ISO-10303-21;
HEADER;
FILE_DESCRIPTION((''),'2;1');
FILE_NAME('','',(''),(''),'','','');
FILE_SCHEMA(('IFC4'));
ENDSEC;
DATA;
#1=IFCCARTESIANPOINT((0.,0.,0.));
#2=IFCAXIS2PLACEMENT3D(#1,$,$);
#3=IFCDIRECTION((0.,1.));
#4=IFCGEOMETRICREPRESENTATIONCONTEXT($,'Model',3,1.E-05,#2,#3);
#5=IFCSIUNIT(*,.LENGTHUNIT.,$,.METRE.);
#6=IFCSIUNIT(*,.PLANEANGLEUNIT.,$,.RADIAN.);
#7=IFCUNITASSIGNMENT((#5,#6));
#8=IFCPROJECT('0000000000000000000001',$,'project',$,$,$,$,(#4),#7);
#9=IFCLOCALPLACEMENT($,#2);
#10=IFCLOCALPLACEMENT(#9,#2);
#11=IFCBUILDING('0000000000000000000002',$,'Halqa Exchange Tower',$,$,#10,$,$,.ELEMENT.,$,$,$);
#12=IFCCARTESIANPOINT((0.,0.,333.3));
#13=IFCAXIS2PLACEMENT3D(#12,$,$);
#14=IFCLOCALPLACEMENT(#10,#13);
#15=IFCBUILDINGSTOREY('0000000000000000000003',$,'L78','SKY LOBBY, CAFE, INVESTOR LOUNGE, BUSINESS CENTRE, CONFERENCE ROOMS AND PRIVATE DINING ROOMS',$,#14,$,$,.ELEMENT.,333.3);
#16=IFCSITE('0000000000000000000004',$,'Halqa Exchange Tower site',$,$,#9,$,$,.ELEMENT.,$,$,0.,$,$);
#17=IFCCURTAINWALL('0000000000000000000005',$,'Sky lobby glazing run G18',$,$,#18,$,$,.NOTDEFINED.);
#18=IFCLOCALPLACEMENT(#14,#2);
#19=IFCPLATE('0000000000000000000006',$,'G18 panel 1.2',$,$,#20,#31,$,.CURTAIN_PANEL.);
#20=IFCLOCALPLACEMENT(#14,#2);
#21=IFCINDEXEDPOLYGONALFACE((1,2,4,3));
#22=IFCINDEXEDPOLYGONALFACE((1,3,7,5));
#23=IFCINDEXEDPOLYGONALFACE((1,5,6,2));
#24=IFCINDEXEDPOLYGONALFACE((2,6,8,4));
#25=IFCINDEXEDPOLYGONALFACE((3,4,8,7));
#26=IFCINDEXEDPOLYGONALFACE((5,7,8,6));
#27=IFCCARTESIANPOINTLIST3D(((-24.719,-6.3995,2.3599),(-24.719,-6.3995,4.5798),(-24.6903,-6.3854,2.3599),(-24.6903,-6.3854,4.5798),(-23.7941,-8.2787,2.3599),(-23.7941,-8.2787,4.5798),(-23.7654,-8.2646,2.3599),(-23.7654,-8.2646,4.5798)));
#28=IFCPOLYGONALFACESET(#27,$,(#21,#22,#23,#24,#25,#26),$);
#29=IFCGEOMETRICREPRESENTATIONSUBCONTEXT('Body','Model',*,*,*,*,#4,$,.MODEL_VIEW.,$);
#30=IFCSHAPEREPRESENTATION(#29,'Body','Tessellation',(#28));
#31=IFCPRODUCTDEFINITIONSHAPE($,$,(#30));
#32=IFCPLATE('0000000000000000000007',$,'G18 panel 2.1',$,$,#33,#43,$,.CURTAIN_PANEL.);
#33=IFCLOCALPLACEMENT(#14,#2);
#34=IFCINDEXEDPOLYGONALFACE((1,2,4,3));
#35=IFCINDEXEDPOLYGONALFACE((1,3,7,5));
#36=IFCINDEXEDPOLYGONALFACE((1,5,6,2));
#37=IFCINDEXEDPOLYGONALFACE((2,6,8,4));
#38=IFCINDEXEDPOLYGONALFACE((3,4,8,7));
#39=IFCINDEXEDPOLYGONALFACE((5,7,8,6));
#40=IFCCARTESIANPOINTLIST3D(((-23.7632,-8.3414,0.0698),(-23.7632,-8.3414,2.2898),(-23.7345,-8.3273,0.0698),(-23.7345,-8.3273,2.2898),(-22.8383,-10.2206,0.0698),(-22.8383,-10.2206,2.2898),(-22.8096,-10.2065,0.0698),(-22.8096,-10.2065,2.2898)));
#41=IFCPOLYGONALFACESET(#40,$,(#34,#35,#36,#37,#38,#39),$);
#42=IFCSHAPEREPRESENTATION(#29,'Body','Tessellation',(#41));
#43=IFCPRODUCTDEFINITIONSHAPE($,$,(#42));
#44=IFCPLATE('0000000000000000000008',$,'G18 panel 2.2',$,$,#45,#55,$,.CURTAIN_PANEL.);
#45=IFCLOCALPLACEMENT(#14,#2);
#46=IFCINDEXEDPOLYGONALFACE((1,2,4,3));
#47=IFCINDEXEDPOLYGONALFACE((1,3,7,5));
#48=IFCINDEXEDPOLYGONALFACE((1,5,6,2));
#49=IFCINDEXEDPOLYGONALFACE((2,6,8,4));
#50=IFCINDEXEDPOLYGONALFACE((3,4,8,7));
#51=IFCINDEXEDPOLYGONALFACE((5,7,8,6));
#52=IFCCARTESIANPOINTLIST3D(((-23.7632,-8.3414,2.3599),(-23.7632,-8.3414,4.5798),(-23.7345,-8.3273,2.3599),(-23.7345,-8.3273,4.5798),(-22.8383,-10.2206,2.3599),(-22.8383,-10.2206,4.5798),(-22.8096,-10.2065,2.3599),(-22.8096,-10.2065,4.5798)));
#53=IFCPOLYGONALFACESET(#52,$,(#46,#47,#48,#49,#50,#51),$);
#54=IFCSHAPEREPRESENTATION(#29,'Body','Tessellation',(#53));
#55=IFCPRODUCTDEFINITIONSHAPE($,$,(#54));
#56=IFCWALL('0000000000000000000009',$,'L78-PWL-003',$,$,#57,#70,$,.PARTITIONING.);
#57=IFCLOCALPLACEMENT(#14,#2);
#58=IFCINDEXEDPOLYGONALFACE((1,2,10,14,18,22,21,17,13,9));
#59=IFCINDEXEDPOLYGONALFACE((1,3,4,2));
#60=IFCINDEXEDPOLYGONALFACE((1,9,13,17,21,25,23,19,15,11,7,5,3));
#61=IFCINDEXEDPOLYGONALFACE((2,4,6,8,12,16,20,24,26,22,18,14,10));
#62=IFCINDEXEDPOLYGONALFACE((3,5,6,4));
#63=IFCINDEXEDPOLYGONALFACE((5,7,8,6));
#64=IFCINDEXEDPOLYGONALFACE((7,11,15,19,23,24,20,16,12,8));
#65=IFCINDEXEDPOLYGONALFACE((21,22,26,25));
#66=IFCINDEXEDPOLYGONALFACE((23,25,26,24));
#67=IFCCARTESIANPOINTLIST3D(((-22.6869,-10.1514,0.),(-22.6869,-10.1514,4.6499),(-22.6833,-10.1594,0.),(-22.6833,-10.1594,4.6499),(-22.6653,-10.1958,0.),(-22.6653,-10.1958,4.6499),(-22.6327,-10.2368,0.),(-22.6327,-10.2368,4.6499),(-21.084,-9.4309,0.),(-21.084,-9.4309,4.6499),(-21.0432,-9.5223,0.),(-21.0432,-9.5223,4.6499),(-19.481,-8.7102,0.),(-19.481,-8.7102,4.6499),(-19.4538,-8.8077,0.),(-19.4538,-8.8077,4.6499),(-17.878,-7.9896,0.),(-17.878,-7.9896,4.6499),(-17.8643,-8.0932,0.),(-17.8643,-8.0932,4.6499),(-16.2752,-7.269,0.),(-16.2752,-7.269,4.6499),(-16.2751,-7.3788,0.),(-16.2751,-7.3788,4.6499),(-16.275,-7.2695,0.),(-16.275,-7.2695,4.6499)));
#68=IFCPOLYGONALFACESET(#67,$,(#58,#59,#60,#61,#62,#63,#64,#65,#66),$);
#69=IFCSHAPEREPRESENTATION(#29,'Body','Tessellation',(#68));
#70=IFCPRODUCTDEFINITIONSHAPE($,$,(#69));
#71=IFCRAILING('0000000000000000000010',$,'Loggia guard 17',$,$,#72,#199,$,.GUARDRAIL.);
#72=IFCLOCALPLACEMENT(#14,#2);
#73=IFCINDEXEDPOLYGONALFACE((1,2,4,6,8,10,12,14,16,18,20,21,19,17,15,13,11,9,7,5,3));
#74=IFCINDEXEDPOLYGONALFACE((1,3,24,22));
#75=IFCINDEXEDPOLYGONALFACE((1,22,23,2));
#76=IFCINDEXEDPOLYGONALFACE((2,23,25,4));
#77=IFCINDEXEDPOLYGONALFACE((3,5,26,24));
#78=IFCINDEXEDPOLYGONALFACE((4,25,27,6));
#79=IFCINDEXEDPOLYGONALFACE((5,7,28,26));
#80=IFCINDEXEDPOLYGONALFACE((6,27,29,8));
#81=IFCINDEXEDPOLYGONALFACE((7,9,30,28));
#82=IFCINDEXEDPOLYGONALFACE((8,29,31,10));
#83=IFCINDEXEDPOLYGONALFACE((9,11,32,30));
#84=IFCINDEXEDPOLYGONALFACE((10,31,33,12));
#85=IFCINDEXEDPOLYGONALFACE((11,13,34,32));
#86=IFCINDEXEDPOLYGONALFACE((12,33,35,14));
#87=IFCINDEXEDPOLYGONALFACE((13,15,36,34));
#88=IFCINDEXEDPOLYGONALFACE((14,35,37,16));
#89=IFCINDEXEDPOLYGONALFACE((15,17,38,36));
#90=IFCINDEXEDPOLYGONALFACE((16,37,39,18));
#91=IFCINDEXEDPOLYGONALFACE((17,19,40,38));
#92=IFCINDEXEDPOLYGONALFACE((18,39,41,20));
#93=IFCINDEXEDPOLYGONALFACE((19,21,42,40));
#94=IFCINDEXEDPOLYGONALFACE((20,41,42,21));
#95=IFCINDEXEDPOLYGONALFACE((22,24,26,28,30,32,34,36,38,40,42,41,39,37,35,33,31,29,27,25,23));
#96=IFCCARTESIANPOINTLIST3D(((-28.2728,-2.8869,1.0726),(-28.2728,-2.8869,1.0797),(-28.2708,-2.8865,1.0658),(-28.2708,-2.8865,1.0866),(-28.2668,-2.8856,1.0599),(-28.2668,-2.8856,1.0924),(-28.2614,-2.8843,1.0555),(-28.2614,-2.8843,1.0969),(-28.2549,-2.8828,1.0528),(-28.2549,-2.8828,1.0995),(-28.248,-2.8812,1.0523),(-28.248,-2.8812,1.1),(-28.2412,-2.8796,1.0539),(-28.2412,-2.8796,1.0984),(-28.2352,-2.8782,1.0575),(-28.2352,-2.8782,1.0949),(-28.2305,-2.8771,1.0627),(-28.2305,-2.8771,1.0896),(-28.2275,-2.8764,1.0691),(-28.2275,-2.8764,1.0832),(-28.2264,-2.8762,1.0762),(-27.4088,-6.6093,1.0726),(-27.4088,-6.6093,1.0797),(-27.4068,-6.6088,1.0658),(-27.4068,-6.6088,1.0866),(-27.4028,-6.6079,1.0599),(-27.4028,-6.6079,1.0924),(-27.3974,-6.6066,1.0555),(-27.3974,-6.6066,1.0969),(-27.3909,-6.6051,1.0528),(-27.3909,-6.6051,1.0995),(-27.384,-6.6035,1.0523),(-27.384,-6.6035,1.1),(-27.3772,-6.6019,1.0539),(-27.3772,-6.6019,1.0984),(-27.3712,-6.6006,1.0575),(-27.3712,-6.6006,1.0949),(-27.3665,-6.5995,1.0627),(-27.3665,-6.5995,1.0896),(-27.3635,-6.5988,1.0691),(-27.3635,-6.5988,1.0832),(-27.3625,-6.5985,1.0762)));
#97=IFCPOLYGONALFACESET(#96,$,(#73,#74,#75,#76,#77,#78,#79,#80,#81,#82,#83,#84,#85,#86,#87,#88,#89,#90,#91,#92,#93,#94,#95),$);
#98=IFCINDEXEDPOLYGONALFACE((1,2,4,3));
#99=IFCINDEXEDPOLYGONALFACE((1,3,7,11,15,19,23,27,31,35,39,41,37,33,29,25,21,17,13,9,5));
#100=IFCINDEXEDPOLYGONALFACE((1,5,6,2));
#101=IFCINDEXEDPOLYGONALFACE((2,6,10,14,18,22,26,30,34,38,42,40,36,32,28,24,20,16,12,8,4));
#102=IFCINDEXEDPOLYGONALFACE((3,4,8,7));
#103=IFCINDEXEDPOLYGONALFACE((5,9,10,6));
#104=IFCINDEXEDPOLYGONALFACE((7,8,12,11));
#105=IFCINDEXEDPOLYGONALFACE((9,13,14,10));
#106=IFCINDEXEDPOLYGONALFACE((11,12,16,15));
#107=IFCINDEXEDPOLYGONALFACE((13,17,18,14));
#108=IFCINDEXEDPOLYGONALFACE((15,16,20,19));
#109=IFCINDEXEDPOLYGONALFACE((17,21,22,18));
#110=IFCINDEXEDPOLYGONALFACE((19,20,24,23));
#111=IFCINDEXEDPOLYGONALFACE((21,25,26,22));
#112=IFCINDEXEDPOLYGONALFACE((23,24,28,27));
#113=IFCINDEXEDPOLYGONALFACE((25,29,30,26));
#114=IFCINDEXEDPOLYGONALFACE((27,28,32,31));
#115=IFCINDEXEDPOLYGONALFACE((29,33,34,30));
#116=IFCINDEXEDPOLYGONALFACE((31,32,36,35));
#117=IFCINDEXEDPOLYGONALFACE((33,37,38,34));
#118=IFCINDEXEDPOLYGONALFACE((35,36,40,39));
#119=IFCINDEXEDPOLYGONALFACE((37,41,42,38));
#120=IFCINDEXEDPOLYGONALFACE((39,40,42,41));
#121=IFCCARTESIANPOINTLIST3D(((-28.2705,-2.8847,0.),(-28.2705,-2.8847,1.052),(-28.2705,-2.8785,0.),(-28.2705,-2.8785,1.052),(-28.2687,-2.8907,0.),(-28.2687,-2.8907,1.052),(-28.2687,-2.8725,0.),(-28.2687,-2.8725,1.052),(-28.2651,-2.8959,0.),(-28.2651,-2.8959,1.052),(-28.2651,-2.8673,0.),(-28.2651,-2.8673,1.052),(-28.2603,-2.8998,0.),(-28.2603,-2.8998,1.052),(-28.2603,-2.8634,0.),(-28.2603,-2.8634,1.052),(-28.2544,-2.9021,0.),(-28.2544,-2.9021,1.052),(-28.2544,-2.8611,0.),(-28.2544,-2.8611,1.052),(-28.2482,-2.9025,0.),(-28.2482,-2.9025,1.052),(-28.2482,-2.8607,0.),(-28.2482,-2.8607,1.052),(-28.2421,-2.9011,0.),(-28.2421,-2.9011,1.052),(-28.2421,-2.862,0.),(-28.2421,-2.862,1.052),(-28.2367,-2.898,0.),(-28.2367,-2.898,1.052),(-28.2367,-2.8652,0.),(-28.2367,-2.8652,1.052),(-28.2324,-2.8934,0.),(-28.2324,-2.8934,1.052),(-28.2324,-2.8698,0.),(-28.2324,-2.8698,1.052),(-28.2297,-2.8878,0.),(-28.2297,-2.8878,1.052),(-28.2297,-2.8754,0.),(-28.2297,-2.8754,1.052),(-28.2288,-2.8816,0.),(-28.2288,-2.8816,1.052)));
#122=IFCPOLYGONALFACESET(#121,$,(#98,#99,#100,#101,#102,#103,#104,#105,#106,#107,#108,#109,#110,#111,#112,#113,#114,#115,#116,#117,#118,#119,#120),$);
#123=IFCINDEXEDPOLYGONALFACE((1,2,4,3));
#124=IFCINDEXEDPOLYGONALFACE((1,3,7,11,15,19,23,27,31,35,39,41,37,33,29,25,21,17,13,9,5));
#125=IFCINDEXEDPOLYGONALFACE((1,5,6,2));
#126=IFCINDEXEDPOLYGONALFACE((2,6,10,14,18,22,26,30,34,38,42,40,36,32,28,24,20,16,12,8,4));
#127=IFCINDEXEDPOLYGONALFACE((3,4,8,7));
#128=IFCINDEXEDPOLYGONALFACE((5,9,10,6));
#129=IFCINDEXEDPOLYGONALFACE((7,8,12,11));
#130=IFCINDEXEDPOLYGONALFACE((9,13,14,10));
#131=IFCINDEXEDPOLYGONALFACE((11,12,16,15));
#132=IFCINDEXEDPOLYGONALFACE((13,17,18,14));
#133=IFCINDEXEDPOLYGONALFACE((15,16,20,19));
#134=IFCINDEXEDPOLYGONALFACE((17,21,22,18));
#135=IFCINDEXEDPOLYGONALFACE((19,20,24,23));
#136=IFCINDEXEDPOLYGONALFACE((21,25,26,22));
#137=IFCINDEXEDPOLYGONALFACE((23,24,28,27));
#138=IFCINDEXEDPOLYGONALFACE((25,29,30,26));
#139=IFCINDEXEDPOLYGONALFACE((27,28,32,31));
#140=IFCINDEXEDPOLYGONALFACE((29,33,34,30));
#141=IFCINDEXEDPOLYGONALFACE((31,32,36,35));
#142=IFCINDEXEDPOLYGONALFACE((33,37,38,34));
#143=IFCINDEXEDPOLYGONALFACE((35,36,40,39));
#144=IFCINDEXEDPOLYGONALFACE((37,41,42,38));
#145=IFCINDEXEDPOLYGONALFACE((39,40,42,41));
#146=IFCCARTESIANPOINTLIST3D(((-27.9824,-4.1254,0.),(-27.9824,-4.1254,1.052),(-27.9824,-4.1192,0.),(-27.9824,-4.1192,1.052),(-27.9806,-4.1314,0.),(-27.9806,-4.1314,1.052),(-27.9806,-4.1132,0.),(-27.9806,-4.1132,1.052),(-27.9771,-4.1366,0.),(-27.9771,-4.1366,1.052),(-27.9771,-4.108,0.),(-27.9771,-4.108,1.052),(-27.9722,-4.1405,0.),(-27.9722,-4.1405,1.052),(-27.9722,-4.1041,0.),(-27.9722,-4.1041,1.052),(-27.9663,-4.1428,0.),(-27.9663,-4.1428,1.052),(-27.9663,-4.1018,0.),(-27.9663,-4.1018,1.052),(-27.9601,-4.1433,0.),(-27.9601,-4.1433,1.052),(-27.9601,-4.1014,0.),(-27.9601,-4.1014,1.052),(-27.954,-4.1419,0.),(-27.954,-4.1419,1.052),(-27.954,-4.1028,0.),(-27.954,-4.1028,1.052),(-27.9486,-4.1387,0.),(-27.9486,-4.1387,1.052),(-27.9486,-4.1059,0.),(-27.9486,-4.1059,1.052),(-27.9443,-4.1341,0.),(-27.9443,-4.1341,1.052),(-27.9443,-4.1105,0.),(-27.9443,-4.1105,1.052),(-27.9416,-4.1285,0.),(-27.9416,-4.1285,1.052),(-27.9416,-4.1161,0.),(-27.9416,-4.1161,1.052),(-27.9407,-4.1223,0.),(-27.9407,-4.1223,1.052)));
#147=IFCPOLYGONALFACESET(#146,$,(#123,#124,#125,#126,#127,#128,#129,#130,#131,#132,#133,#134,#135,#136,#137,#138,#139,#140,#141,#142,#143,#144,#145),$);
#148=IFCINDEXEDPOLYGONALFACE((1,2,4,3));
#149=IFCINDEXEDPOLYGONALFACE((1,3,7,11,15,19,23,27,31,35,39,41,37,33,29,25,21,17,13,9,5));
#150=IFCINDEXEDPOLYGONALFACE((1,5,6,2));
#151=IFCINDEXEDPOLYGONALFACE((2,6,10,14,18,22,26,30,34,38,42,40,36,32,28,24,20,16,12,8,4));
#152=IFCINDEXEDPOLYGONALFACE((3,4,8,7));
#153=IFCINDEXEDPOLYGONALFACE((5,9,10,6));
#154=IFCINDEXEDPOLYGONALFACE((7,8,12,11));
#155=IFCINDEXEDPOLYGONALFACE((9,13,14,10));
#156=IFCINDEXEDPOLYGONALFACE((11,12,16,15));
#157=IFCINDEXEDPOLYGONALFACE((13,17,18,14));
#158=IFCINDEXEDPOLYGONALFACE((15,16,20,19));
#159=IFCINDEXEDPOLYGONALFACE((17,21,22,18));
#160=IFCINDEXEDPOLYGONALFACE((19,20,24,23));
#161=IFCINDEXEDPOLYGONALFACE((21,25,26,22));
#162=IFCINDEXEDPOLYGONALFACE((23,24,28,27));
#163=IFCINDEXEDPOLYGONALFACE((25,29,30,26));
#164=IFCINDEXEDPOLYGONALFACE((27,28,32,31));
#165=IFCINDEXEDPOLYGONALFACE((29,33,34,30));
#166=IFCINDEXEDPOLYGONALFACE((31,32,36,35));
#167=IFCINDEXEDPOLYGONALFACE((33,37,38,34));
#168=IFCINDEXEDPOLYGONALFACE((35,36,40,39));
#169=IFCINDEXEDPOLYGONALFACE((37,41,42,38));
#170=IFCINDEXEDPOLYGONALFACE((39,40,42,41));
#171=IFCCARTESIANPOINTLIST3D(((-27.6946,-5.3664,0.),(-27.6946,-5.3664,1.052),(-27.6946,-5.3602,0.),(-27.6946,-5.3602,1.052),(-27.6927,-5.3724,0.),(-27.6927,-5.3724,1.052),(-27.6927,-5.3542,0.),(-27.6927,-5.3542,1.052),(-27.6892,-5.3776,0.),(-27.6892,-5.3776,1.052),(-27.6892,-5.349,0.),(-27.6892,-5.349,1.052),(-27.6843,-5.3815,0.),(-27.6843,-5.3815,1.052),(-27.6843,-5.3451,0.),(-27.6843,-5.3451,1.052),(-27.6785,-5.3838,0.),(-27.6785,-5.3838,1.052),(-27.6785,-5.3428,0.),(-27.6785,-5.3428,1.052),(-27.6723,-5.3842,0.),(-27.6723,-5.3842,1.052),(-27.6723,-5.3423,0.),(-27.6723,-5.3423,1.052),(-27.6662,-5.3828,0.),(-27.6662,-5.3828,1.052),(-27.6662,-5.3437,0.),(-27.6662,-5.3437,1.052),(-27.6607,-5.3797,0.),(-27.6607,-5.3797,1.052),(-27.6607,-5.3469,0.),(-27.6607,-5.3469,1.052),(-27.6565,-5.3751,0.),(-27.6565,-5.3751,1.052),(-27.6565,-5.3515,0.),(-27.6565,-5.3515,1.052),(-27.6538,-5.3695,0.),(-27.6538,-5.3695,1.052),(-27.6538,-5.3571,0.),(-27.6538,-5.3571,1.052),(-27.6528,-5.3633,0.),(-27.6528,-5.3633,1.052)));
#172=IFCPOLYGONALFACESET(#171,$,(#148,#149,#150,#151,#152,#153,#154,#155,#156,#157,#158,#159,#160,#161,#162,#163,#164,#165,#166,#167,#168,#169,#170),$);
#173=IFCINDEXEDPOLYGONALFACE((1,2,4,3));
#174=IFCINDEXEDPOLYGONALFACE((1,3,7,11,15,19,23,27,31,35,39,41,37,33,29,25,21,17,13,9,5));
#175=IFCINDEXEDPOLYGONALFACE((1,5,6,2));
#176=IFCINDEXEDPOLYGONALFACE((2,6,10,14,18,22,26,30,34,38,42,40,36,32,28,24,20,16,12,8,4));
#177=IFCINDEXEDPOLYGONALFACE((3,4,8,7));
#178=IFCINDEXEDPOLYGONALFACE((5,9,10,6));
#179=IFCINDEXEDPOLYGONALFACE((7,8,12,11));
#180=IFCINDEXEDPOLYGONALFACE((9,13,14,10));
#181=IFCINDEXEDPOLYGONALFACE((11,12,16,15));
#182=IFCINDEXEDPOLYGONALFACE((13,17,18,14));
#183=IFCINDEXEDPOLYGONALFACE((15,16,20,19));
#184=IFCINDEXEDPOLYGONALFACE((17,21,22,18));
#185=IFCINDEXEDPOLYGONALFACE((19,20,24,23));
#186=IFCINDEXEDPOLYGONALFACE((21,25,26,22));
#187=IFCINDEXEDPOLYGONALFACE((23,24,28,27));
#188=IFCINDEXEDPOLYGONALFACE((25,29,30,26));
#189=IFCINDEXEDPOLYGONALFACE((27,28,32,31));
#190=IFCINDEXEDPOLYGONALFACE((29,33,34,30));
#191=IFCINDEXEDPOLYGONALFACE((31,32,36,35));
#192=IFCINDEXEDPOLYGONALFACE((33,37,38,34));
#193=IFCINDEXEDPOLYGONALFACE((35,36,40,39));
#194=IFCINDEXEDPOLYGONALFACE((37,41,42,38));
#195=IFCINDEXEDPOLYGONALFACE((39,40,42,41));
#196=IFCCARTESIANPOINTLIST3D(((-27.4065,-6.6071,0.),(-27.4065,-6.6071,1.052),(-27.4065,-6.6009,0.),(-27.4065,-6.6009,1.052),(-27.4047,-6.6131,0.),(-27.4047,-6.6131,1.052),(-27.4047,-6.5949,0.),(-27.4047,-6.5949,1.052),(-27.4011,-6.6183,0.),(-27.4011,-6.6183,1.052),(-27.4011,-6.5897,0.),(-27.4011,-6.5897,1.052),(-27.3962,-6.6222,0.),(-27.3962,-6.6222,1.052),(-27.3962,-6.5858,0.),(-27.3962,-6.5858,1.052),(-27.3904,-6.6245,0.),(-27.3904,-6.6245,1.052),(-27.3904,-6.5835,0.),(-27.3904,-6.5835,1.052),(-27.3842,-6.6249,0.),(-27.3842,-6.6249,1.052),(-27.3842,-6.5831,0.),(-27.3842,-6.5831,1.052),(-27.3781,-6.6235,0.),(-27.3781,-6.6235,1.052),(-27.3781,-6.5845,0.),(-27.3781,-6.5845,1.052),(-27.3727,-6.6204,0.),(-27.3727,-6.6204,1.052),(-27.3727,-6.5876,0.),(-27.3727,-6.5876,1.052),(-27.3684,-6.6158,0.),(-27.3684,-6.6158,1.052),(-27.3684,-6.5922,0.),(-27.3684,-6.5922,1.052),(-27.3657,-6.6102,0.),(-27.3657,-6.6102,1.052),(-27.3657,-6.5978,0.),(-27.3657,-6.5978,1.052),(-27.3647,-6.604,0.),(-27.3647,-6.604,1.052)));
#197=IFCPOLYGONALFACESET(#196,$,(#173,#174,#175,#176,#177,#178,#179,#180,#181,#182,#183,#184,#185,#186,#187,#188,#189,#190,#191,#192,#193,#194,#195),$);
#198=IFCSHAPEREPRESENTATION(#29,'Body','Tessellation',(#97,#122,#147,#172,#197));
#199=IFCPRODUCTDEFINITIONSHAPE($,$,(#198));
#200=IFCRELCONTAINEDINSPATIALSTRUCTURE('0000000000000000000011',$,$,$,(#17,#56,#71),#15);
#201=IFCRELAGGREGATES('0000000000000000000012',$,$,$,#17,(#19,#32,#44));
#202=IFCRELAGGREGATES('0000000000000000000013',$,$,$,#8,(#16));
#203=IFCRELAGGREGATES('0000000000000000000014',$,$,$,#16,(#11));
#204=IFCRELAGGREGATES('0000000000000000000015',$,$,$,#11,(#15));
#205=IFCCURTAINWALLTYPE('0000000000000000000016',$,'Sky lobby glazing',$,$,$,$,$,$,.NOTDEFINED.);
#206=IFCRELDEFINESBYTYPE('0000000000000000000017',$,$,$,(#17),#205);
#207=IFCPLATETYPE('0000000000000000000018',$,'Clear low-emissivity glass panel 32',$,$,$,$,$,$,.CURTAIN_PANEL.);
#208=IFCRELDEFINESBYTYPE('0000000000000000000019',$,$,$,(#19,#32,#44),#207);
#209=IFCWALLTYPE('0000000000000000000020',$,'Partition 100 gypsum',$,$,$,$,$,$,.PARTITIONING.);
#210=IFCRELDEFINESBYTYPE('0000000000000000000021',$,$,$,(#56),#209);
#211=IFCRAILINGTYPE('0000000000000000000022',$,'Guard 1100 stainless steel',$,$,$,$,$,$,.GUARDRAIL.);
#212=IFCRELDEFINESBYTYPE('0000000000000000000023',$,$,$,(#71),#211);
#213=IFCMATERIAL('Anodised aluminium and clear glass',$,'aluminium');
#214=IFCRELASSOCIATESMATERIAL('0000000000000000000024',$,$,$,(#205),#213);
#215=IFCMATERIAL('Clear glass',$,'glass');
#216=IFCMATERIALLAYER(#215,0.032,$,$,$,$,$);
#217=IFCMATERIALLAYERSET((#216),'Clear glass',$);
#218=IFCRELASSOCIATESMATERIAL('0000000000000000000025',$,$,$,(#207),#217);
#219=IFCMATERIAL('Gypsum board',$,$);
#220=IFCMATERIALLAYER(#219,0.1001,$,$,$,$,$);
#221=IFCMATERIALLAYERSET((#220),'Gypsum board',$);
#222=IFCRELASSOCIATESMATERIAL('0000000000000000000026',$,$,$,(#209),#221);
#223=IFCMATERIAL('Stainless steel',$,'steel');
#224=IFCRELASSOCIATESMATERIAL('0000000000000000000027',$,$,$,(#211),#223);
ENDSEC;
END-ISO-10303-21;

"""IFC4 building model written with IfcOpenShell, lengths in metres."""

from ifc_helpers import new_model, si_unit, direction, frame, origin, origin_2d, place, context, subcontext, project, spatial, polyline, rectangle, circle, outline, extrude, material, layer, layer_set, type_object, element, aggregate, save


model = new_model("IFC4")

# Units and contexts
model_context = context("Model", 3, precision=1e-05, world=origin(), true_north=direction((0.0, 1.0)))
body_context = subcontext(model_context, "Body", "Model", "MODEL_VIEW")
ifc_project = project(units=[si_unit("LENGTHUNIT", "METRE"), si_unit("PLANEANGLEUNIT", "RADIAN")], contexts=[model_context])

# Site, building, storey
site_placement = place(None, origin())
site = spatial("IfcSite", under=ifc_project, at=site_placement, Name="Halqa Exchange Tower site", CompositionType="ELEMENT", RefElevation=0.0)
building_placement = place(site_placement, origin())
building = spatial("IfcBuilding", under=site, at=building_placement, Name="Halqa Exchange Tower", CompositionType="ELEMENT")
storey_placement = place(building_placement, frame((0.0, 0.0, 333.3)))
storey = spatial("IfcBuildingStorey", under=building, at=storey_placement, Name="L78", Description="SKY LOBBY, CAFE, INVESTOR LOUNGE, BUSINESS CENTRE, CONFERENCE ROOMS AND PRIVATE DINING ROOMS", CompositionType="ELEMENT", Elevation=333.3)

# Curtain wall
ifc_material_1 = material(Name="Anodised aluminium and clear glass", Category="aluminium")
curtain_wall_type = type_object("IfcCurtainWallType", Name="Sky lobby glazing", PredefinedType="NOTDEFINED", material=ifc_material_1)
curtain_wall_1_placement = place(storey_placement, origin())
curtain_wall_1 = element("IfcCurtainWall", 1, at=curtain_wall_1_placement, inside=storey, type_object=curtain_wall_type, Name="Sky lobby glazing run G18", PredefinedType="NOTDEFINED")

# Plates
ifc_material_2 = material(Name="Clear glass", Category="glass")
ifc_layer_1 = layer(ifc_material_2, 0.032)
ifc_layer_set_1 = layer_set([ifc_layer_1], Name="Clear glass")
plate_type = type_object("IfcPlateType", Name="Clear low-emissivity glass panel 32", PredefinedType="CURTAIN_PANEL", material=ifc_layer_set_1)
plate_1_placement = place(storey_placement, frame((-24.2422, -7.332, 2.3599), z_axis=(0.0, 0.0, 1.0), x_axis=(0.441595, -0.897215, 0.0)))
plate_1 = element("IfcPlate", 2, at=plate_1_placement, type_object=plate_type, Name="G18 panel 1.2", PredefinedType="CURTAIN_PANEL", context=body_context, shape_type="SweptSolid", body=[
    extrude(rectangle(XDim=2.0945, YDim=0.032, at=origin_2d()), origin(), (0.0, 0.0, 1.0), 2.22),
])
plate_2_placement = place(storey_placement, frame((-23.2864, -9.2739, 0.0698), z_axis=(0.0, 0.0, 1.0), x_axis=(0.441595, -0.897215, 0.0)))
plate_2 = element("IfcPlate", 3, at=plate_2_placement, type_object=plate_type, Name="G18 panel 2.1", PredefinedType="CURTAIN_PANEL", context=body_context, shape_type="SweptSolid", body=[
    extrude(rectangle(XDim=2.0945, YDim=0.032, at=origin_2d()), origin(), (0.0, 0.0, 1.0), 2.22),
])
plate_3_placement = place(storey_placement, frame((-23.2864, -9.2739, 2.3599), z_axis=(0.0, 0.0, 1.0), x_axis=(0.441595, -0.897215, 0.0)))
plate_3 = element("IfcPlate", 4, at=plate_3_placement, type_object=plate_type, Name="G18 panel 2.2", PredefinedType="CURTAIN_PANEL", context=body_context, shape_type="SweptSolid", body=[
    extrude(rectangle(XDim=2.0945, YDim=0.032, at=origin_2d()), origin(), (0.0, 0.0, 1.0), 2.22),
])
aggregate(curtain_wall_1, [plate_1, plate_2, plate_3])

# Wall
ifc_material_3 = material(Name="Gypsum board")
ifc_layer_2 = layer(ifc_material_3, 0.1001)
ifc_layer_set_2 = layer_set([ifc_layer_2], Name="Gypsum board")
wall_type = type_object("IfcWallType", Name="Partition 100 gypsum", PredefinedType="PARTITIONING", material=ifc_layer_set_2)
wall_placement = place(storey_placement, frame((-16.2546, -7.3147, 0.0), z_axis=(0.0, 0.0, 1.0), x_axis=(-0.912076, -0.410021, 0.0)))
element("IfcWall", 5, at=wall_placement, inside=storey, type_object=wall_type, Name="L78-PWL-003", PredefinedType="PARTITIONING", context=body_context, shape_type="SweptSolid", body=[
    extrude(outline(polyline([(7.0298, -0.05), (7.0298, -0.0413), (7.0283, -0.0007), (7.0154, 0.05), (5.2727, 0.05), (3.53, 0.05), (1.7874, 0.05), (0.0449, 0.05), (0.0, -0.0496), (0.0, -0.05), (1.7573, -0.05), (3.5149, -0.05), (5.2725, -0.05), (7.0298, -0.05)])), origin(), (0.0, 0.0, 1.0), 4.6499),
])

# Railing
ifc_material_4 = material(Name="Stainless steel", Category="steel")
railing_type = type_object("IfcRailingType", Name="Guard 1100 stainless steel", PredefinedType="GUARDRAIL", material=ifc_material_4)
railing_1_placement = place(storey_placement, frame((-28.2498, -2.8816, 0.0)))
element("IfcRailing", 6, at=railing_1_placement, inside=storey, type_object=railing_type, Name="Loggia guard 17", PredefinedType="GUARDRAIL", context=body_context, shape_type="SweptSolid", body=[
    extrude(circle(Radius=0.0239, at=origin_2d()), frame((0.0, 0.0, 1.0762), z_axis=(0.2261, -0.974104, 0.0), x_axis=(0.974104, 0.2261, 0.0)), (0.0, 0.0, 1.0), 3.8213),
    extrude(circle(Radius=0.021, at=origin_2d()), origin(), (0.0, 0.0, 1.0), 1.052),
    extrude(circle(Radius=0.021, at=origin_2d()), frame((0.2881, -1.2407, 0.0)), (0.0, 0.0, 1.0), 1.052),
    extrude(circle(Radius=0.021, at=origin_2d()), frame((0.5759, -2.4817, 0.0)), (0.0, 0.0, 1.0), 1.052),
    extrude(circle(Radius=0.021, at=origin_2d()), frame((0.864, -3.7224, 0.0)), (0.0, 0.0, 1.0), 1.052),
])

save(model, "model.ifc")
